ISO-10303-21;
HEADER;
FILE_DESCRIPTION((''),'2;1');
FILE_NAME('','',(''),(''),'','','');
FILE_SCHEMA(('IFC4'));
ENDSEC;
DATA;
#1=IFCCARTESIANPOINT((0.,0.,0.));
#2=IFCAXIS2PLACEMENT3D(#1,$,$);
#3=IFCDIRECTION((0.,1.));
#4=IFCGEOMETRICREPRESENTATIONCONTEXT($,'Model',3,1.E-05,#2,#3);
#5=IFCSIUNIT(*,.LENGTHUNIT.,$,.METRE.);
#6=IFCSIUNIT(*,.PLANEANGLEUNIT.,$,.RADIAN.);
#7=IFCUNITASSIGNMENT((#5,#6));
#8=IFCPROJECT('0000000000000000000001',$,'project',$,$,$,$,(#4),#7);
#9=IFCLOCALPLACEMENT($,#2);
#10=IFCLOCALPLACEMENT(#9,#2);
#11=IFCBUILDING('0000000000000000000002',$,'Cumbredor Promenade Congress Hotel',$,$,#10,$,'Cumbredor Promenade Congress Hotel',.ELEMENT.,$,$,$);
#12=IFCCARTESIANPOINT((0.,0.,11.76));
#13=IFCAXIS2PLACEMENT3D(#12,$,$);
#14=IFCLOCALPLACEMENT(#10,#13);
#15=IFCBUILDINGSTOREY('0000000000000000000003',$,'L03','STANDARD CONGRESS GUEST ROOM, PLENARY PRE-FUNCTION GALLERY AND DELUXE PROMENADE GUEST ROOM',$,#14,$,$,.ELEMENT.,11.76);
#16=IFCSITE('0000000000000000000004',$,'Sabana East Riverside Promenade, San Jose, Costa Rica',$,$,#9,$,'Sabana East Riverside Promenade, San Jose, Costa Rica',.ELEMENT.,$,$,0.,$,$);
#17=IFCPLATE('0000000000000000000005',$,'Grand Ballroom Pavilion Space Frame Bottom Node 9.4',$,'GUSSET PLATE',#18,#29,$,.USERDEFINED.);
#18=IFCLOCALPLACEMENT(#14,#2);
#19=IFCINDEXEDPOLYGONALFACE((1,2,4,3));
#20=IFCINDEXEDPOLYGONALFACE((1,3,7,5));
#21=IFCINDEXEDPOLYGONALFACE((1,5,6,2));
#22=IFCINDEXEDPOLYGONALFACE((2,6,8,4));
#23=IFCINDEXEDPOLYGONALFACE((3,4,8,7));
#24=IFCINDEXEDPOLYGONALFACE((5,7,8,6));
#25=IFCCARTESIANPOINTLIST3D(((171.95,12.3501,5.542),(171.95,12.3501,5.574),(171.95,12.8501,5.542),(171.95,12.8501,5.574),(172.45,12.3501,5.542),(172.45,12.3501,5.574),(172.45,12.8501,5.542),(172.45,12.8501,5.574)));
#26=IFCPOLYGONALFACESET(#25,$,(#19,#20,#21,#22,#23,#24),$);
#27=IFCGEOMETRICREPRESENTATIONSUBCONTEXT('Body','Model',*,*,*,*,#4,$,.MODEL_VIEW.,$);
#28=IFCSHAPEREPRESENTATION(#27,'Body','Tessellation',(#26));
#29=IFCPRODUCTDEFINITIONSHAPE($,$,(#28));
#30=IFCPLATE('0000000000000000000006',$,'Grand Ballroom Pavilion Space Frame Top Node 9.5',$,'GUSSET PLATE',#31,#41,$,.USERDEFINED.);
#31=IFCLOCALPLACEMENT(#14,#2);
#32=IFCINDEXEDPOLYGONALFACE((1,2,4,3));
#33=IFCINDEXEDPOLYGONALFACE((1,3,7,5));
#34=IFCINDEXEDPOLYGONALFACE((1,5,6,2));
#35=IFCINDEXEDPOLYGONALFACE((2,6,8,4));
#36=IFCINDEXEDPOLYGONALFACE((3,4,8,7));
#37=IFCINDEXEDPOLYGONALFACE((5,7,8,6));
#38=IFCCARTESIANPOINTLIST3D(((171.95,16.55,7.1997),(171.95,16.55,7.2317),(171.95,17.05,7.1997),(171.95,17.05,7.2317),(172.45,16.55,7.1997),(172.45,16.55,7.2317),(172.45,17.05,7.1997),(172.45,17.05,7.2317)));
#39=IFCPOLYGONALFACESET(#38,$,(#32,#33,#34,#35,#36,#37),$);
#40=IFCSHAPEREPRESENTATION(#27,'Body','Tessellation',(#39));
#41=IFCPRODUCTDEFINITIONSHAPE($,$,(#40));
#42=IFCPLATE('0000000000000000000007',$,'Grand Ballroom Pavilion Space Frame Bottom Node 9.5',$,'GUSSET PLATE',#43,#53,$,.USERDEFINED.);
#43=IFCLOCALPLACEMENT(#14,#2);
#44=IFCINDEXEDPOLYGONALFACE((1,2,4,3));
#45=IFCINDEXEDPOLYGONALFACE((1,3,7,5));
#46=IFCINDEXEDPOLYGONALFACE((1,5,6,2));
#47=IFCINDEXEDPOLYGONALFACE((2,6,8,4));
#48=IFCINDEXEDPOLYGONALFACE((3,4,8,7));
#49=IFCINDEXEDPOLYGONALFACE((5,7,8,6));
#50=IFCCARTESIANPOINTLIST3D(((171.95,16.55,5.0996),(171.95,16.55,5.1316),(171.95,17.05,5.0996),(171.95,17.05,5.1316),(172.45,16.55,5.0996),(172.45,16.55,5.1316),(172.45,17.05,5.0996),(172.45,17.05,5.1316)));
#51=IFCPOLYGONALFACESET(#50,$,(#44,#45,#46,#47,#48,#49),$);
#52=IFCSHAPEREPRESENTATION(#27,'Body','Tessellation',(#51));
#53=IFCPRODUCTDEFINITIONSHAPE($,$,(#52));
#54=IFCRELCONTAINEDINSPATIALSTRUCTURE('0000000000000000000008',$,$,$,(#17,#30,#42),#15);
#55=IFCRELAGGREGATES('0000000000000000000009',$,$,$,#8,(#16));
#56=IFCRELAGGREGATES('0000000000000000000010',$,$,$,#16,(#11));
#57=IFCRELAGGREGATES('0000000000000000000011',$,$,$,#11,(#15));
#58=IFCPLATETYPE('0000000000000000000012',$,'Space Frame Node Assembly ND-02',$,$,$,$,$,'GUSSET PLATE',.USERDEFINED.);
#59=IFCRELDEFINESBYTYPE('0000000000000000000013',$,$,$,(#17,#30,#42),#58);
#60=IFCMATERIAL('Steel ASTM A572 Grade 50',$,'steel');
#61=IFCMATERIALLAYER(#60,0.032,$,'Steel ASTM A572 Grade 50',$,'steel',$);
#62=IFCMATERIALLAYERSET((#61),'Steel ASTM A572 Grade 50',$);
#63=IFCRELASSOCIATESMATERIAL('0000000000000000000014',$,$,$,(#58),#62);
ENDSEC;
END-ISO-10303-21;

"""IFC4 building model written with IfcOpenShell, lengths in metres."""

from ifc_helpers import new_model, si_unit, direction, frame, origin, origin_2d, place, context, subcontext, project, spatial, rectangle, extrude, material, layer, layer_set, type_object, element, save


model = new_model("IFC4")

# Units and contexts
model_context = context("Model", 3, precision=1e-05, world=origin(), true_north=direction((0.0, 1.0)))
body_context = subcontext(model_context, "Body", "Model", "MODEL_VIEW")
ifc_project = project(units=[si_unit("LENGTHUNIT", "METRE"), si_unit("PLANEANGLEUNIT", "RADIAN")], contexts=[model_context])

# Site, building, storey
site_placement = place(None, origin())
site = spatial("IfcSite", under=ifc_project, at=site_placement, Name="Sabana East Riverside Promenade, San Jose, Costa Rica", LongName="Sabana East Riverside Promenade, San Jose, Costa Rica", CompositionType="ELEMENT", RefElevation=0.0)
building_placement = place(site_placement, origin())
building = spatial("IfcBuilding", under=site, at=building_placement, Name="Cumbredor Promenade Congress Hotel", LongName="Cumbredor Promenade Congress Hotel", CompositionType="ELEMENT")
storey_placement = place(building_placement, frame((0.0, 0.0, 11.76)))
storey = spatial("IfcBuildingStorey", under=building, at=storey_placement, Name="L03", Description="STANDARD CONGRESS GUEST ROOM, PLENARY PRE-FUNCTION GALLERY AND DELUXE PROMENADE GUEST ROOM", CompositionType="ELEMENT", Elevation=11.76)

# Plates
ifc_material_1 = material(Name="Steel ASTM A572 Grade 50", Category="steel")
ifc_layer_1 = layer(ifc_material_1, 0.032, Name="Steel ASTM A572 Grade 50", Category="steel")
ifc_layer_set_1 = layer_set([ifc_layer_1], Name="Steel ASTM A572 Grade 50")
plate_type_1 = type_object("IfcPlateType", Name="Space Frame Node Assembly ND-02", ElementType="GUSSET PLATE", PredefinedType="USERDEFINED", material=ifc_layer_set_1)
for number, where, z_axis, x_axis, name in (
    (1, (172.2, 12.6001, 5.542), (0.0, 0.0, 1.0), (1.0, 0.0, 0.0), "Grand Ballroom Pavilion Space Frame Bottom Node 9.4"),
    (2, (172.2, 16.8, 7.1997), (0.0, 0.0, 1.0), (1.0, 0.0, 0.0), "Grand Ballroom Pavilion Space Frame Top Node 9.5"),
    (3, (172.2, 16.8, 5.0996), (0.0, 0.0, 1.0), (1.0, 0.0, 0.0), "Grand Ballroom Pavilion Space Frame Bottom Node 9.5"),
):
    element("IfcPlate", number, at=place(storey_placement, frame(where, z_axis=z_axis, x_axis=x_axis)), inside=storey, type_object=plate_type_1, Name=name, ObjectType="GUSSET PLATE", PredefinedType="USERDEFINED", context=body_context, shape_type="SweptSolid", body=[
        extrude(rectangle(XDim=0.5, YDim=0.5, at=origin_2d()), origin(), (0.0, 0.0, 1.0), 0.032),
    ])

save(model, "model.ifc")
